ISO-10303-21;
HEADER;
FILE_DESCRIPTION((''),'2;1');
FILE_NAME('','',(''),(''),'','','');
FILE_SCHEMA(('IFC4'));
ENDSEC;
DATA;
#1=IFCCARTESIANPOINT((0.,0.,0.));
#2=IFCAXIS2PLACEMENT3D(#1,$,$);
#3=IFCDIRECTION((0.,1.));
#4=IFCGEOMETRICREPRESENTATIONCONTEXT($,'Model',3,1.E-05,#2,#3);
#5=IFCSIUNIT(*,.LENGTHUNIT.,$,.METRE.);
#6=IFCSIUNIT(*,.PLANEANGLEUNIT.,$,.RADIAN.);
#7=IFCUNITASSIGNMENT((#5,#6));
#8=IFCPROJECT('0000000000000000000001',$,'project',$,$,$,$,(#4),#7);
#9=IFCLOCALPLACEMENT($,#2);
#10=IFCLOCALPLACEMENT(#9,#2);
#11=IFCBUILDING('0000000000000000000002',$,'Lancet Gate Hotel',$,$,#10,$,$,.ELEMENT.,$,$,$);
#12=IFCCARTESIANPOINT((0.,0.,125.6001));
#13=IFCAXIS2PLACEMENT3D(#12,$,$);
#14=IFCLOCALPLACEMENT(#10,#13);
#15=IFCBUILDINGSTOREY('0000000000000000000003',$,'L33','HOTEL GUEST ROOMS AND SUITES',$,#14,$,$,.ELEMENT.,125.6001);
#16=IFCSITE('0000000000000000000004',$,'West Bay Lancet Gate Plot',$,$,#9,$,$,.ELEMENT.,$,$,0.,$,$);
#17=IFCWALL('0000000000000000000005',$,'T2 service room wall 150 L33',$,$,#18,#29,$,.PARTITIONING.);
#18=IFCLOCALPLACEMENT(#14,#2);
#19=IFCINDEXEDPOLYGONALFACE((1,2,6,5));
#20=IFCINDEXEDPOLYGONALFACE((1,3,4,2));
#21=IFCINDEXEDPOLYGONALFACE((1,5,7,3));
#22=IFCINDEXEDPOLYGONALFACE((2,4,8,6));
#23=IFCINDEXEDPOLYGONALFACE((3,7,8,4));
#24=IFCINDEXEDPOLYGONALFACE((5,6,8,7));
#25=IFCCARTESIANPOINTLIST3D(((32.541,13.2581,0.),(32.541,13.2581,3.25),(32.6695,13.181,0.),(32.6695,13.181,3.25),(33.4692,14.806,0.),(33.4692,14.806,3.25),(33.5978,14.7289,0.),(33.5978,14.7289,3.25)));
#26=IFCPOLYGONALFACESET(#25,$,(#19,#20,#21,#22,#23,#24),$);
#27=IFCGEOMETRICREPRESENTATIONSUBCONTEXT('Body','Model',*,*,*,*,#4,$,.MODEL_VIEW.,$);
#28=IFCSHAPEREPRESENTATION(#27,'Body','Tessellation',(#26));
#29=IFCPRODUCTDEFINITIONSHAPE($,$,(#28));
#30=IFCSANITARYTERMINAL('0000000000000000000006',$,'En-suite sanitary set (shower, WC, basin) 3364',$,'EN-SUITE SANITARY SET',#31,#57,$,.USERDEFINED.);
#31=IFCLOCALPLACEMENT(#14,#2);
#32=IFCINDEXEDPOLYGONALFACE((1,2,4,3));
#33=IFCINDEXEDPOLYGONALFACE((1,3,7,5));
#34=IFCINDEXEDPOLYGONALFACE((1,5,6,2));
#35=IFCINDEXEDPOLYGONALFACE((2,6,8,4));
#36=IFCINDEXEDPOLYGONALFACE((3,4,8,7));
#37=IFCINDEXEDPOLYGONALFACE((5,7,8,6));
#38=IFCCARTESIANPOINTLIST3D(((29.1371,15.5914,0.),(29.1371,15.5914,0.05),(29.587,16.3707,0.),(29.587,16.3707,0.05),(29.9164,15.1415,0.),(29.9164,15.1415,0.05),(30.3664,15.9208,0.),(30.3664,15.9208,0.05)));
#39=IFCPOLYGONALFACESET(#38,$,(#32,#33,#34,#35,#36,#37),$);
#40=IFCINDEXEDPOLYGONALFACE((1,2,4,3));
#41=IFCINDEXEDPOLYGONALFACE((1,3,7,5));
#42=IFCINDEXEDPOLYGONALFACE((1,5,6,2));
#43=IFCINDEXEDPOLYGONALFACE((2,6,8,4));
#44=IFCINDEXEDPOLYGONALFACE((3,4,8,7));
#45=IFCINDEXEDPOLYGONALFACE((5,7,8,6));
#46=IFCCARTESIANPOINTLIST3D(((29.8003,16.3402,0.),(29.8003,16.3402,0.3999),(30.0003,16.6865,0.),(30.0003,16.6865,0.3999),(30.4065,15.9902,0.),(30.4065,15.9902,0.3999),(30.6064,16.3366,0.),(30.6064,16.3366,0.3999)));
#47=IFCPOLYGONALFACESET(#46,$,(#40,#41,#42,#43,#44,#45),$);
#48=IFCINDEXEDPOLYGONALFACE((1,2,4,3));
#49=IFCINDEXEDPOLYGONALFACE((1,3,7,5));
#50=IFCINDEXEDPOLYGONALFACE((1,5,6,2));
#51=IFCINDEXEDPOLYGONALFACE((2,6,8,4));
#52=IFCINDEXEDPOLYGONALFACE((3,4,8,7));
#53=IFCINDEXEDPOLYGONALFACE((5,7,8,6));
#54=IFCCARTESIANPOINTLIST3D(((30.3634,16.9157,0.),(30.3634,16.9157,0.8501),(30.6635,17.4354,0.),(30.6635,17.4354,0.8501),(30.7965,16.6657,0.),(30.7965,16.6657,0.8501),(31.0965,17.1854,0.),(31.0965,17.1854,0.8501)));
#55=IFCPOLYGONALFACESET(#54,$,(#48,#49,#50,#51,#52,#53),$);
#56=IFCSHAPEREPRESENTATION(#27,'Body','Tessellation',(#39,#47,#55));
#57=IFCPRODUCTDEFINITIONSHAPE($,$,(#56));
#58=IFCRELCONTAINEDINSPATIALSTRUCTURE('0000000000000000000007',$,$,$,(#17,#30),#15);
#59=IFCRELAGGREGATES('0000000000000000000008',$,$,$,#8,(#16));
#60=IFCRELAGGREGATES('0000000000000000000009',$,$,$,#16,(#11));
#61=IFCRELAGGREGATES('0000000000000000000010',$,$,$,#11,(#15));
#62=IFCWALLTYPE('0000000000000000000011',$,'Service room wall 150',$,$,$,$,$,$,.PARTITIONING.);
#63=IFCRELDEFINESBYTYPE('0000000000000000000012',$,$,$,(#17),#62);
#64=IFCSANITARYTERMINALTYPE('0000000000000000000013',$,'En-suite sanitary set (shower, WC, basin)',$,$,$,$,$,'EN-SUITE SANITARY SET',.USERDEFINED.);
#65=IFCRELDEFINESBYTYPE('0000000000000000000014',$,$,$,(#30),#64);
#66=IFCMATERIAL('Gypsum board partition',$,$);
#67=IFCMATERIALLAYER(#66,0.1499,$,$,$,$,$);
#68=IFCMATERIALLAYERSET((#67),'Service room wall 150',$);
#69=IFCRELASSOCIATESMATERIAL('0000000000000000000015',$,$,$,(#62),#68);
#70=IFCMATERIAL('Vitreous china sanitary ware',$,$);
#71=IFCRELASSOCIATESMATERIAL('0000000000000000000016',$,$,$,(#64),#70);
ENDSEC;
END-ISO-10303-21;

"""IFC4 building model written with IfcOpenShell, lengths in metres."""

from ifc_helpers import new_model, si_unit, direction, frame, frame_2d, origin, origin_2d, place, context, subcontext, project, spatial, rectangle, extrude, material, layer, layer_set, type_object, element, save


model = new_model("IFC4")

# Units and contexts
model_context = context("Model", 3, precision=1e-05, world=origin(), true_north=direction((0.0, 1.0)))
body_context = subcontext(model_context, "Body", "Model", "MODEL_VIEW")
ifc_project = project(units=[si_unit("LENGTHUNIT", "METRE"), si_unit("PLANEANGLEUNIT", "RADIAN")], contexts=[model_context])

# Site, building, storey
site_placement = place(None, origin())
site = spatial("IfcSite", under=ifc_project, at=site_placement, Name="West Bay Lancet Gate Plot", CompositionType="ELEMENT", RefElevation=0.0)
building_placement = place(site_placement, origin())
building = spatial("IfcBuilding", under=site, at=building_placement, Name="Lancet Gate Hotel", CompositionType="ELEMENT")
storey_placement = place(building_placement, frame((0.0, 0.0, 125.6001)))
storey = spatial("IfcBuildingStorey", under=building, at=storey_placement, Name="L33", Description="HOTEL GUEST ROOMS AND SUITES", CompositionType="ELEMENT", Elevation=125.6001)

# Wall
ifc_material_1 = material(Name="Gypsum board partition")
ifc_layer_1 = layer(ifc_material_1, 0.1499)
ifc_layer_set_1 = layer_set([ifc_layer_1], Name="Service room wall 150")
wall_type_1 = type_object("IfcWallType", Name="Service room wall 150", PredefinedType="PARTITIONING", material=ifc_layer_set_1)
wall_1_placement = place(storey_placement, frame((33.5334, 14.7673, 0.0), z_axis=(0.0, 0.0, 1.0), x_axis=(-0.514297, -0.857612, 0.0)))
element("IfcWall", 1, at=wall_1_placement, inside=storey, type_object=wall_type_1, Name="T2 service room wall 150 L33", PredefinedType="PARTITIONING", context=body_context, shape_type="SweptSolid", body=[
    extrude(rectangle(XDim=1.8049, YDim=0.1499, at=frame_2d((0.9023, 0.0))), origin(), (0.0, 0.0, 1.0), 3.25),
])

# Sanitary terminal
ifc_material_2 = material(Name="Vitreous china sanitary ware")
sanitary_terminal_type = type_object("IfcSanitaryTerminalType", Name="En-suite sanitary set (shower, WC, basin)", ElementType="EN-SUITE SANITARY SET", PredefinedType="USERDEFINED", material=ifc_material_2)
sanitary_terminal_placement = place(storey_placement, frame((29.7517, 15.7561, 0.0), z_axis=(0.0, 0.0, 1.0), x_axis=(1.0, 0.0, 0.0)))
element("IfcSanitaryTerminal", 2, at=sanitary_terminal_placement, inside=storey, type_object=sanitary_terminal_type, Name="En-suite sanitary set (shower, WC, basin) 3364", ObjectType="EN-SUITE SANITARY SET", PredefinedType="USERDEFINED", context=body_context, shape_type="SweptSolid", body=[
    extrude(rectangle(XDim=0.8999, YDim=0.8999, at=origin_2d()), frame((0.0, 0.0, 0.0), z_axis=(0.0, 0.0, 1.0), x_axis=(-0.5, -0.866025, 0.0)), (0.0, 0.0, 1.0), 0.05),
    extrude(rectangle(XDim=0.3999, YDim=0.7, at=origin_2d()), frame((0.4517, 0.5823, 0.0), z_axis=(0.0, 0.0, 1.0), x_axis=(-0.5, -0.866025, 0.0)), (0.0, 0.0, 1.0), 0.3999),
    extrude(rectangle(XDim=0.6001, YDim=0.5, at=origin_2d()), frame((0.9783, 1.2944, 0.0), z_axis=(0.0, 0.0, 1.0), x_axis=(-0.5, -0.866025, 0.0)), (0.0, 0.0, 1.0), 0.8501),
])

save(model, "model.ifc")
